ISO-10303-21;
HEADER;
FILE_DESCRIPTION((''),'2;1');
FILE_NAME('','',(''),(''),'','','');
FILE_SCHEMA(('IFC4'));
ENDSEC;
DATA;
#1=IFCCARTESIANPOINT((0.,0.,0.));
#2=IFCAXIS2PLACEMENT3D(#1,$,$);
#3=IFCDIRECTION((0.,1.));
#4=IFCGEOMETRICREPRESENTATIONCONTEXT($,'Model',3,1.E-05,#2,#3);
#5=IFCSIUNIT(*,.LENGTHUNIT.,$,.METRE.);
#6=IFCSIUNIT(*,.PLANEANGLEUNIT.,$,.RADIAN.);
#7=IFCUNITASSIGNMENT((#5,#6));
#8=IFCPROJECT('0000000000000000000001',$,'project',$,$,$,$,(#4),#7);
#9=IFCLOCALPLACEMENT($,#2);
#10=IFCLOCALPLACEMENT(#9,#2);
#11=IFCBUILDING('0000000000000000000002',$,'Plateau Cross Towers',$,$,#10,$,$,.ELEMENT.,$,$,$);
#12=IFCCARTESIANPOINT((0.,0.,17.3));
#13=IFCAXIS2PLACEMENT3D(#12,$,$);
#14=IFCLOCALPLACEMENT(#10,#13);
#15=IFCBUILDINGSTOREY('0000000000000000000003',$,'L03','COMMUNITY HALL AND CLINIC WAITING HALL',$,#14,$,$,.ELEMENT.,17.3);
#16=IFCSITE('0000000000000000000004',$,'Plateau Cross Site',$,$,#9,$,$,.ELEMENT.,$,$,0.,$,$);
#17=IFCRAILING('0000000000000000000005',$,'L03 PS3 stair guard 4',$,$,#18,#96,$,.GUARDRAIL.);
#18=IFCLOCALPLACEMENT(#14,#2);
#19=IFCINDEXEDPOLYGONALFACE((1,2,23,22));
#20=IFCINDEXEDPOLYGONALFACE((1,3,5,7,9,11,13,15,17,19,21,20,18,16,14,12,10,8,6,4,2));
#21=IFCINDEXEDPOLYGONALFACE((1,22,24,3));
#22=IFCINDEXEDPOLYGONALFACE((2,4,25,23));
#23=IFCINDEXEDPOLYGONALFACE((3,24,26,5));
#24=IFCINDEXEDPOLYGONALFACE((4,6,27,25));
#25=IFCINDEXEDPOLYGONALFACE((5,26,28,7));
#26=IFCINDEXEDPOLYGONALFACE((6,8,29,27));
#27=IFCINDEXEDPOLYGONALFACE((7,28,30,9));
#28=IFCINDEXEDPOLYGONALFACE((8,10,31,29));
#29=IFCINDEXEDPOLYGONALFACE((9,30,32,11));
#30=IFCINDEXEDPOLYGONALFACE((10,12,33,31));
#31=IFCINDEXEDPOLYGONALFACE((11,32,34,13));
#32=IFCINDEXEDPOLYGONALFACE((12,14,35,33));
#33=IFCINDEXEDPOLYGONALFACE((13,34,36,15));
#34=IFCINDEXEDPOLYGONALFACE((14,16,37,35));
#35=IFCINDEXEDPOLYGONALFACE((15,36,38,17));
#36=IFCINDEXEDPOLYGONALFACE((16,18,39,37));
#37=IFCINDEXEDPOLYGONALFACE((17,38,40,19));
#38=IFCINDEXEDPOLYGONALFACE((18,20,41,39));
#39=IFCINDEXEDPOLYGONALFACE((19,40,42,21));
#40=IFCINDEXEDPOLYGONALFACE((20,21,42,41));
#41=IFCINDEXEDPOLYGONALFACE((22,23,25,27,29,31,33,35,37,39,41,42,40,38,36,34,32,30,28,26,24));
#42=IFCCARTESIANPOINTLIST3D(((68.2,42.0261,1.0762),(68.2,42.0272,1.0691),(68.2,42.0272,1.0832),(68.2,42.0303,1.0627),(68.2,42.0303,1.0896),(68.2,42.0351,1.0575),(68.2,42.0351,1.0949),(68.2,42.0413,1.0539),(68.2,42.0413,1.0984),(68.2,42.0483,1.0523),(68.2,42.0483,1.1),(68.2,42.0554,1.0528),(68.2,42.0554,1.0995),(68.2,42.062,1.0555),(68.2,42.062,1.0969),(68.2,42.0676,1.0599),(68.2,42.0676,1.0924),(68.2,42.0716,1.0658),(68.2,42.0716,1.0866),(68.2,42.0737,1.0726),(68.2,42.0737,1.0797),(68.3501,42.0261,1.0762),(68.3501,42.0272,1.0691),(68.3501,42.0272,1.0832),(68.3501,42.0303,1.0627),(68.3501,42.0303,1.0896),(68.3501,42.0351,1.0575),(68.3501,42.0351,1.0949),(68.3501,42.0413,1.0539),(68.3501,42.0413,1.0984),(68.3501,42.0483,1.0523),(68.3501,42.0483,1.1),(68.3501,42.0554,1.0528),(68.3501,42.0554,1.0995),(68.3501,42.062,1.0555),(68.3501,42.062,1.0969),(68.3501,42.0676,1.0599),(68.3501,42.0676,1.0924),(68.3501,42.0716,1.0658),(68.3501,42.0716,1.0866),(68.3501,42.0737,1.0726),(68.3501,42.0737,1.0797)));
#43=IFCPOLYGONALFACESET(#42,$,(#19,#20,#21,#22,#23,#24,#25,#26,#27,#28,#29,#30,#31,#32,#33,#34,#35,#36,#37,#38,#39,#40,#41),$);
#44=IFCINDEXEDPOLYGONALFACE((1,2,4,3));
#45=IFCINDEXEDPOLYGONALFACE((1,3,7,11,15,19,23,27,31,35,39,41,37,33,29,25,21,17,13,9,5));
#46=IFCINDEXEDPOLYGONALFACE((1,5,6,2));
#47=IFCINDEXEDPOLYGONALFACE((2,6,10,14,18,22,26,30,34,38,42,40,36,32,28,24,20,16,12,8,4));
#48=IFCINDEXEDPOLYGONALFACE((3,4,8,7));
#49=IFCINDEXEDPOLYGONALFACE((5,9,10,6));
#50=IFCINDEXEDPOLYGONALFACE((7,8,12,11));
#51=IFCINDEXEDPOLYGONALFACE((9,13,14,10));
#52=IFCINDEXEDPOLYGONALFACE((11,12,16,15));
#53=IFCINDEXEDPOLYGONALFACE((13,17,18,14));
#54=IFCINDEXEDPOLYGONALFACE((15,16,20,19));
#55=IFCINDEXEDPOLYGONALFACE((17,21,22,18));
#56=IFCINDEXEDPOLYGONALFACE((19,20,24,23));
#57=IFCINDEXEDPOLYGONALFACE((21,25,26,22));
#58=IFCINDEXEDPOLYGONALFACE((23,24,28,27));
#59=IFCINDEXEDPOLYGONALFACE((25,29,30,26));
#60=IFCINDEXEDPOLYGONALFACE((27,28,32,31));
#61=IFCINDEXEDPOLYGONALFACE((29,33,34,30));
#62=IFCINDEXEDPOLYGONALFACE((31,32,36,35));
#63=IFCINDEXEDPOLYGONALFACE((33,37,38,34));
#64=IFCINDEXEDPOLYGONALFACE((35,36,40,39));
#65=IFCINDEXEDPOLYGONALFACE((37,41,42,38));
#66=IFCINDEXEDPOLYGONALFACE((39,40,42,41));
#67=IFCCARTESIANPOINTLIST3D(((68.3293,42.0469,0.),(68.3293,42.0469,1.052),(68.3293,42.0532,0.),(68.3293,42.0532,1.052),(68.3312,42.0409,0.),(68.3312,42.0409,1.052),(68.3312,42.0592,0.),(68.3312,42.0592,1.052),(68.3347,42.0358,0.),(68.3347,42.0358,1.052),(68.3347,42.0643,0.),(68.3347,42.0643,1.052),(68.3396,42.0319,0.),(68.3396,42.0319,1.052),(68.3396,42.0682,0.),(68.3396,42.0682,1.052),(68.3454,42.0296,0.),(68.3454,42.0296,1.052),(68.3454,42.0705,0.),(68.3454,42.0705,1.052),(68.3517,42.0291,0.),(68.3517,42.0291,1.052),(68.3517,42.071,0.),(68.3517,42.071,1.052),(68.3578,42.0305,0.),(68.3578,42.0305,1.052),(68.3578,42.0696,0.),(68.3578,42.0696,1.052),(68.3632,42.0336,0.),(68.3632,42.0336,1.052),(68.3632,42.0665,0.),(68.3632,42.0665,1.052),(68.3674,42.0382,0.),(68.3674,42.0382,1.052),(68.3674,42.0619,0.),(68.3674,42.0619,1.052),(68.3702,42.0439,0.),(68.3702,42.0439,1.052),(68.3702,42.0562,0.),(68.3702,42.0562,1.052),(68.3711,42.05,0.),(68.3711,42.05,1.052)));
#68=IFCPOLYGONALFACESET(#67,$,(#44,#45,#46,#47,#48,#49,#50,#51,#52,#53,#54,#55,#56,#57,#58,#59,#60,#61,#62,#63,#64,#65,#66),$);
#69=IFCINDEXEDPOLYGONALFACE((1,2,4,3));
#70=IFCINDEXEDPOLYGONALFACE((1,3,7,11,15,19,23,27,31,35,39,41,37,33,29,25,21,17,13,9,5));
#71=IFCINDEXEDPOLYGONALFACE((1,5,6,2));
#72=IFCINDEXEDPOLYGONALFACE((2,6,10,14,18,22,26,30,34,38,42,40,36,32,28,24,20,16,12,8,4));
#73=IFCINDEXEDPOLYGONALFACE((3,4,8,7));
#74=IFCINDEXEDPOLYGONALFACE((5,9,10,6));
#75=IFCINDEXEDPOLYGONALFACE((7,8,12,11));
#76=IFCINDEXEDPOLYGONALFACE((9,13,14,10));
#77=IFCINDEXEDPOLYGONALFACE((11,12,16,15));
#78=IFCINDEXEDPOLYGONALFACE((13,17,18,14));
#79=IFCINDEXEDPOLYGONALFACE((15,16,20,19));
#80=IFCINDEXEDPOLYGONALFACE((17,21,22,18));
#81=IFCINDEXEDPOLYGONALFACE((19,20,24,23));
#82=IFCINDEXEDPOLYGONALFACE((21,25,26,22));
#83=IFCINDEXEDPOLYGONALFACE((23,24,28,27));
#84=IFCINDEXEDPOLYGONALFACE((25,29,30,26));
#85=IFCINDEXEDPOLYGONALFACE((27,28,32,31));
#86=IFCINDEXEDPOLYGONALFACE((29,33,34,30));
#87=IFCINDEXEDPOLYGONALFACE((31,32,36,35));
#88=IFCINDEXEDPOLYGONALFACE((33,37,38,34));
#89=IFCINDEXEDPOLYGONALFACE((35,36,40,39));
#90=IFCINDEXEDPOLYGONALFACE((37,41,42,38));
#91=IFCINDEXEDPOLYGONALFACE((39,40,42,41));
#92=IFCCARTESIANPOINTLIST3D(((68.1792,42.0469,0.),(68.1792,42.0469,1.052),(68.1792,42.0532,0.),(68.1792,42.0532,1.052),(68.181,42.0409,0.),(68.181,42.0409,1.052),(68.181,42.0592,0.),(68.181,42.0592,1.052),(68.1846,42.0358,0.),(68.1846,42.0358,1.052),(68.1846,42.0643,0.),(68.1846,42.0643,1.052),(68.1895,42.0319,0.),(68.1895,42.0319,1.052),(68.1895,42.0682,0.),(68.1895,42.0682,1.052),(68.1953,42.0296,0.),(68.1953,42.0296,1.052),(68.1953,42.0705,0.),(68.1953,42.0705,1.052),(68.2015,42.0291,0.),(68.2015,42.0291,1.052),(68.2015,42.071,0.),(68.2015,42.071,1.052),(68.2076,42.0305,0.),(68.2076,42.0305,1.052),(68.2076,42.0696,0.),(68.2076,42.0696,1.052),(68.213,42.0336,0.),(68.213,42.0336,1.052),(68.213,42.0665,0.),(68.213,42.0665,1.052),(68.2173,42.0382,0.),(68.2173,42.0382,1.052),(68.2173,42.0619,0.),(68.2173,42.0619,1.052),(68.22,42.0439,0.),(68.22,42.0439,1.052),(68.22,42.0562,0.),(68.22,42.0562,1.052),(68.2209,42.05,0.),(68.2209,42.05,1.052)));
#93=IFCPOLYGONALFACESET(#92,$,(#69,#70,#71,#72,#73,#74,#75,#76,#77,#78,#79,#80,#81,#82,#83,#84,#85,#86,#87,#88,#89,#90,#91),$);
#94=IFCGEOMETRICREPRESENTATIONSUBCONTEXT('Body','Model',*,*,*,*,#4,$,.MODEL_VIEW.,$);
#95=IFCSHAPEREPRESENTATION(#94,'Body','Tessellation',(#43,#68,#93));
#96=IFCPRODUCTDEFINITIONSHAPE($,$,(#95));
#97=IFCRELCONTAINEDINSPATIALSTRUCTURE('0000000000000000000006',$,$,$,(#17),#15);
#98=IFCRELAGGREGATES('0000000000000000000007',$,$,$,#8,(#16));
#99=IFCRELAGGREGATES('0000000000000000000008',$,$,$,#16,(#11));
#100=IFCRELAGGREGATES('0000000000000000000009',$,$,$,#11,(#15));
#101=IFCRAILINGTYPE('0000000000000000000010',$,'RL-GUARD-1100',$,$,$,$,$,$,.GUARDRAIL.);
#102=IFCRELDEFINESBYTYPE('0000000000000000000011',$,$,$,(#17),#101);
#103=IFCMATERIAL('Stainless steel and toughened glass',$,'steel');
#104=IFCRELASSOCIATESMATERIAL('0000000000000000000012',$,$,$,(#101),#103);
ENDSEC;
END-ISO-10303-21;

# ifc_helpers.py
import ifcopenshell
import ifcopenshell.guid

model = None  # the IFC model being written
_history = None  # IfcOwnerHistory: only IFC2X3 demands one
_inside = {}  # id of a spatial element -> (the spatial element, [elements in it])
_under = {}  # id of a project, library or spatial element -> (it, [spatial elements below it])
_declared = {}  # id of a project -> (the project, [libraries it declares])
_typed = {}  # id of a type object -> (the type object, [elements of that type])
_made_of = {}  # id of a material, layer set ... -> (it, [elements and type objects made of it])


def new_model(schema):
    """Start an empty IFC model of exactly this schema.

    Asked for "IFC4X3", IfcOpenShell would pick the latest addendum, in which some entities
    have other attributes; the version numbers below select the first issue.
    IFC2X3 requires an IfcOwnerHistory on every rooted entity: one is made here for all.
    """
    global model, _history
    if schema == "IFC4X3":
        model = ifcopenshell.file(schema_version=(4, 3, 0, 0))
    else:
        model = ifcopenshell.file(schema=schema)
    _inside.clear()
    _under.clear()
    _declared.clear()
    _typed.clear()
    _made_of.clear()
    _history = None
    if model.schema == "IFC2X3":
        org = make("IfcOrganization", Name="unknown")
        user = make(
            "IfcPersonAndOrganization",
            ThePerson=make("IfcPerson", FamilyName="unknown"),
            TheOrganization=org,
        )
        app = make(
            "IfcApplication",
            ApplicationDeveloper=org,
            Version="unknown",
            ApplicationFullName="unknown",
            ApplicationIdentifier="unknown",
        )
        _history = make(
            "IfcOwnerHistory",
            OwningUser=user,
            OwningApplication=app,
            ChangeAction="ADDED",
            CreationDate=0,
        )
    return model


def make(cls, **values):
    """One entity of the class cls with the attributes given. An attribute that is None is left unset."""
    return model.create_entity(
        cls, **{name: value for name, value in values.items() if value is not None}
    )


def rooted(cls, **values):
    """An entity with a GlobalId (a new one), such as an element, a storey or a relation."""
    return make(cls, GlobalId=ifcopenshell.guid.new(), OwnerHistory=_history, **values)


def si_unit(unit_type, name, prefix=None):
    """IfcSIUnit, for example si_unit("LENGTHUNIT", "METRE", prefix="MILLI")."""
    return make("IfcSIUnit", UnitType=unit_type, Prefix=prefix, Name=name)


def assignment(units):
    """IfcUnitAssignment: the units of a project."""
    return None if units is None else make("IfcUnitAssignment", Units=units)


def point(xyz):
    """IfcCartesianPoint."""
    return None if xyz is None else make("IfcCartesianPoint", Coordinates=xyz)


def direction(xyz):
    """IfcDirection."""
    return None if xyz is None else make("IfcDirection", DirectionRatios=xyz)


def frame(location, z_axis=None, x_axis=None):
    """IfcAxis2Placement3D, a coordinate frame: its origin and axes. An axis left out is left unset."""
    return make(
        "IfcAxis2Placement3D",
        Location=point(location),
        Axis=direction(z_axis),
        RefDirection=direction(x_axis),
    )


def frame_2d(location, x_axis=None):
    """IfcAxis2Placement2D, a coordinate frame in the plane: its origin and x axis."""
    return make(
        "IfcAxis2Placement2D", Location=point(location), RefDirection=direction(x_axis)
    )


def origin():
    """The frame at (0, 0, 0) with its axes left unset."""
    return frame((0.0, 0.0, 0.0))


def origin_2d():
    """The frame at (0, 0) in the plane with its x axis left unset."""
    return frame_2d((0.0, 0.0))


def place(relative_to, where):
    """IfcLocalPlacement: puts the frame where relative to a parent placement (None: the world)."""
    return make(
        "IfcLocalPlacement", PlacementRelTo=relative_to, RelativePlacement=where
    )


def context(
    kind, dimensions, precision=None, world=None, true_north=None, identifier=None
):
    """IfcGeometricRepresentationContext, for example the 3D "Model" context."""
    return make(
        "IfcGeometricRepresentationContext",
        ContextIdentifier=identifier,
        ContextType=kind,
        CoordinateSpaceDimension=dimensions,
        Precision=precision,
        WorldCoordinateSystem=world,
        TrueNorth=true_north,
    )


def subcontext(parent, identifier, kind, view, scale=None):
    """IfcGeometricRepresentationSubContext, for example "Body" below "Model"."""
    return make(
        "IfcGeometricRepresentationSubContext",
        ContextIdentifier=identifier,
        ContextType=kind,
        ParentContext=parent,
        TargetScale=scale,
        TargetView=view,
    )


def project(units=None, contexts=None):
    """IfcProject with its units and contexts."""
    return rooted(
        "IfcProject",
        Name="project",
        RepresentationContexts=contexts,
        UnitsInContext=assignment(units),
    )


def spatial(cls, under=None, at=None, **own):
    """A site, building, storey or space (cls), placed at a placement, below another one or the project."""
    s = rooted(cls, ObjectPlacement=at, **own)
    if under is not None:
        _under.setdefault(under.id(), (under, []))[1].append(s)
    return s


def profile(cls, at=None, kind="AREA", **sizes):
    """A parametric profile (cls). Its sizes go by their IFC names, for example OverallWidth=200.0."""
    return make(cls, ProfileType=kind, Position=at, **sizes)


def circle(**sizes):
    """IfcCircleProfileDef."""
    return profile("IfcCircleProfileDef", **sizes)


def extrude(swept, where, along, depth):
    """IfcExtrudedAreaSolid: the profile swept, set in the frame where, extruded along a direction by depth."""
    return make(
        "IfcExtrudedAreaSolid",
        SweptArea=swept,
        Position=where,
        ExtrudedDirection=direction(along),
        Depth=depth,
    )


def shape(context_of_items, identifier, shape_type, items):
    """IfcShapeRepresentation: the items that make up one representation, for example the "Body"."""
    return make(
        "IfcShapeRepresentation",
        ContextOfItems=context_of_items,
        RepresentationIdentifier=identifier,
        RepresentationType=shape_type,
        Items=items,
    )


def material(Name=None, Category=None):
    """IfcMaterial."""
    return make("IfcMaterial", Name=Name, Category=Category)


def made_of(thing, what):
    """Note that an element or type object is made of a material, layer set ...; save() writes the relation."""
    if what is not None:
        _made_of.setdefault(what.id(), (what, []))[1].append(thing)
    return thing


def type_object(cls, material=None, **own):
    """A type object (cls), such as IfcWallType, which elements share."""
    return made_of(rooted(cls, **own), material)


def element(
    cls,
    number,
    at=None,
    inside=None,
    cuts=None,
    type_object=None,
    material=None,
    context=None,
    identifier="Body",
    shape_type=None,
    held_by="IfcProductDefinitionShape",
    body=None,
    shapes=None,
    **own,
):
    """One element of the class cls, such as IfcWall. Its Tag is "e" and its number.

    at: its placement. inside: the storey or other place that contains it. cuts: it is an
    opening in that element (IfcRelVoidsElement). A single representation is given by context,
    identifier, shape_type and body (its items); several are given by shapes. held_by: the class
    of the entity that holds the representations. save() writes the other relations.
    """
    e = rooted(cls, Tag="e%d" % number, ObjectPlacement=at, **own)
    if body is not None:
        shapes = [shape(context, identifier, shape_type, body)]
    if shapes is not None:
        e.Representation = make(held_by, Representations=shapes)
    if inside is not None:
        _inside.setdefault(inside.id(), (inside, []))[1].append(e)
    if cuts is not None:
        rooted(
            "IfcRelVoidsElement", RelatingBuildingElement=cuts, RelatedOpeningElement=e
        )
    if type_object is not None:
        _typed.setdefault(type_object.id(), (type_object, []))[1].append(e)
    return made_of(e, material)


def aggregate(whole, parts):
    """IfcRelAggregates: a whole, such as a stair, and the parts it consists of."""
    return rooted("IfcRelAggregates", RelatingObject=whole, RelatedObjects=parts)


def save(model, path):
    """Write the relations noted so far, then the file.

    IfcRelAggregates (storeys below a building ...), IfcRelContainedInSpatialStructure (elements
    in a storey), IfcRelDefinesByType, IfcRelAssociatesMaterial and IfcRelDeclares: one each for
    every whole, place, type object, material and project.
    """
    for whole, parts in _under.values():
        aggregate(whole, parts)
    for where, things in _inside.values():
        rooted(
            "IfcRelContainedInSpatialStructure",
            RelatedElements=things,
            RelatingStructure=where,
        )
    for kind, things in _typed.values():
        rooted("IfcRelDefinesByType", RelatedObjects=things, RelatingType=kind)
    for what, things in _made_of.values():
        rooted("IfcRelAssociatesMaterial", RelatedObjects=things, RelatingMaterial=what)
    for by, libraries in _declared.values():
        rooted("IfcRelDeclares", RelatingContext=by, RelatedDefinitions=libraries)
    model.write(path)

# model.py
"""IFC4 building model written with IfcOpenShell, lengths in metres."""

from ifc_helpers import new_model, si_unit, direction, frame, origin, origin_2d, place, context, subcontext, project, spatial, circle, extrude, material, type_object, element, save


model = new_model("IFC4")

# Units and contexts
model_context = context("Model", 3, precision=1e-05, world=origin(), true_north=direction((0.0, 1.0)))
body_context = subcontext(model_context, "Body", "Model", "MODEL_VIEW")
ifc_project = project(units=[si_unit("LENGTHUNIT", "METRE"), si_unit("PLANEANGLEUNIT", "RADIAN")], contexts=[model_context])

# Site, building, storey
site_placement = place(None, origin())
site = spatial("IfcSite", under=ifc_project, at=site_placement, Name="Plateau Cross Site", CompositionType="ELEMENT", RefElevation=0.0)
building_placement = place(site_placement, origin())
building = spatial("IfcBuilding", under=site, at=building_placement, Name="Plateau Cross Towers", CompositionType="ELEMENT")
storey_placement = place(building_placement, frame((0.0, 0.0, 17.3)))
storey = spatial("IfcBuildingStorey", under=building, at=storey_placement, Name="L03", Description="COMMUNITY HALL AND CLINIC WAITING HALL", CompositionType="ELEMENT", Elevation=17.3)

# Railing
ifc_material_1 = material(Name="Stainless steel and toughened glass", Category="steel")
railing_type_1 = type_object("IfcRailingType", Name="RL-GUARD-1100", PredefinedType="GUARDRAIL", material=ifc_material_1)
railing_1_placement = place(storey_placement, frame((68.3501, 42.05, 0.0)))
element("IfcRailing", 1, at=railing_1_placement, inside=storey, type_object=railing_type_1, Name="L03 PS3 stair guard 4", PredefinedType="GUARDRAIL", context=body_context, shape_type="SweptSolid", body=[
    extrude(circle(Radius=0.0239, at=origin_2d()), frame((0.0, 0.0, 1.0762), z_axis=(-1.0, 0.0, 0.0), x_axis=(0.0, -1.0, 0.0)), (0.0, 0.0, 1.0), 0.1501),
    extrude(circle(Radius=0.021, at=origin_2d()), origin(), (0.0, 0.0, 1.0), 1.052),
    extrude(circle(Radius=0.021, at=origin_2d()), frame((-0.1501, 0.0, 0.0)), (0.0, 0.0, 1.0), 1.052),
])

save(model, "model.ifc")
